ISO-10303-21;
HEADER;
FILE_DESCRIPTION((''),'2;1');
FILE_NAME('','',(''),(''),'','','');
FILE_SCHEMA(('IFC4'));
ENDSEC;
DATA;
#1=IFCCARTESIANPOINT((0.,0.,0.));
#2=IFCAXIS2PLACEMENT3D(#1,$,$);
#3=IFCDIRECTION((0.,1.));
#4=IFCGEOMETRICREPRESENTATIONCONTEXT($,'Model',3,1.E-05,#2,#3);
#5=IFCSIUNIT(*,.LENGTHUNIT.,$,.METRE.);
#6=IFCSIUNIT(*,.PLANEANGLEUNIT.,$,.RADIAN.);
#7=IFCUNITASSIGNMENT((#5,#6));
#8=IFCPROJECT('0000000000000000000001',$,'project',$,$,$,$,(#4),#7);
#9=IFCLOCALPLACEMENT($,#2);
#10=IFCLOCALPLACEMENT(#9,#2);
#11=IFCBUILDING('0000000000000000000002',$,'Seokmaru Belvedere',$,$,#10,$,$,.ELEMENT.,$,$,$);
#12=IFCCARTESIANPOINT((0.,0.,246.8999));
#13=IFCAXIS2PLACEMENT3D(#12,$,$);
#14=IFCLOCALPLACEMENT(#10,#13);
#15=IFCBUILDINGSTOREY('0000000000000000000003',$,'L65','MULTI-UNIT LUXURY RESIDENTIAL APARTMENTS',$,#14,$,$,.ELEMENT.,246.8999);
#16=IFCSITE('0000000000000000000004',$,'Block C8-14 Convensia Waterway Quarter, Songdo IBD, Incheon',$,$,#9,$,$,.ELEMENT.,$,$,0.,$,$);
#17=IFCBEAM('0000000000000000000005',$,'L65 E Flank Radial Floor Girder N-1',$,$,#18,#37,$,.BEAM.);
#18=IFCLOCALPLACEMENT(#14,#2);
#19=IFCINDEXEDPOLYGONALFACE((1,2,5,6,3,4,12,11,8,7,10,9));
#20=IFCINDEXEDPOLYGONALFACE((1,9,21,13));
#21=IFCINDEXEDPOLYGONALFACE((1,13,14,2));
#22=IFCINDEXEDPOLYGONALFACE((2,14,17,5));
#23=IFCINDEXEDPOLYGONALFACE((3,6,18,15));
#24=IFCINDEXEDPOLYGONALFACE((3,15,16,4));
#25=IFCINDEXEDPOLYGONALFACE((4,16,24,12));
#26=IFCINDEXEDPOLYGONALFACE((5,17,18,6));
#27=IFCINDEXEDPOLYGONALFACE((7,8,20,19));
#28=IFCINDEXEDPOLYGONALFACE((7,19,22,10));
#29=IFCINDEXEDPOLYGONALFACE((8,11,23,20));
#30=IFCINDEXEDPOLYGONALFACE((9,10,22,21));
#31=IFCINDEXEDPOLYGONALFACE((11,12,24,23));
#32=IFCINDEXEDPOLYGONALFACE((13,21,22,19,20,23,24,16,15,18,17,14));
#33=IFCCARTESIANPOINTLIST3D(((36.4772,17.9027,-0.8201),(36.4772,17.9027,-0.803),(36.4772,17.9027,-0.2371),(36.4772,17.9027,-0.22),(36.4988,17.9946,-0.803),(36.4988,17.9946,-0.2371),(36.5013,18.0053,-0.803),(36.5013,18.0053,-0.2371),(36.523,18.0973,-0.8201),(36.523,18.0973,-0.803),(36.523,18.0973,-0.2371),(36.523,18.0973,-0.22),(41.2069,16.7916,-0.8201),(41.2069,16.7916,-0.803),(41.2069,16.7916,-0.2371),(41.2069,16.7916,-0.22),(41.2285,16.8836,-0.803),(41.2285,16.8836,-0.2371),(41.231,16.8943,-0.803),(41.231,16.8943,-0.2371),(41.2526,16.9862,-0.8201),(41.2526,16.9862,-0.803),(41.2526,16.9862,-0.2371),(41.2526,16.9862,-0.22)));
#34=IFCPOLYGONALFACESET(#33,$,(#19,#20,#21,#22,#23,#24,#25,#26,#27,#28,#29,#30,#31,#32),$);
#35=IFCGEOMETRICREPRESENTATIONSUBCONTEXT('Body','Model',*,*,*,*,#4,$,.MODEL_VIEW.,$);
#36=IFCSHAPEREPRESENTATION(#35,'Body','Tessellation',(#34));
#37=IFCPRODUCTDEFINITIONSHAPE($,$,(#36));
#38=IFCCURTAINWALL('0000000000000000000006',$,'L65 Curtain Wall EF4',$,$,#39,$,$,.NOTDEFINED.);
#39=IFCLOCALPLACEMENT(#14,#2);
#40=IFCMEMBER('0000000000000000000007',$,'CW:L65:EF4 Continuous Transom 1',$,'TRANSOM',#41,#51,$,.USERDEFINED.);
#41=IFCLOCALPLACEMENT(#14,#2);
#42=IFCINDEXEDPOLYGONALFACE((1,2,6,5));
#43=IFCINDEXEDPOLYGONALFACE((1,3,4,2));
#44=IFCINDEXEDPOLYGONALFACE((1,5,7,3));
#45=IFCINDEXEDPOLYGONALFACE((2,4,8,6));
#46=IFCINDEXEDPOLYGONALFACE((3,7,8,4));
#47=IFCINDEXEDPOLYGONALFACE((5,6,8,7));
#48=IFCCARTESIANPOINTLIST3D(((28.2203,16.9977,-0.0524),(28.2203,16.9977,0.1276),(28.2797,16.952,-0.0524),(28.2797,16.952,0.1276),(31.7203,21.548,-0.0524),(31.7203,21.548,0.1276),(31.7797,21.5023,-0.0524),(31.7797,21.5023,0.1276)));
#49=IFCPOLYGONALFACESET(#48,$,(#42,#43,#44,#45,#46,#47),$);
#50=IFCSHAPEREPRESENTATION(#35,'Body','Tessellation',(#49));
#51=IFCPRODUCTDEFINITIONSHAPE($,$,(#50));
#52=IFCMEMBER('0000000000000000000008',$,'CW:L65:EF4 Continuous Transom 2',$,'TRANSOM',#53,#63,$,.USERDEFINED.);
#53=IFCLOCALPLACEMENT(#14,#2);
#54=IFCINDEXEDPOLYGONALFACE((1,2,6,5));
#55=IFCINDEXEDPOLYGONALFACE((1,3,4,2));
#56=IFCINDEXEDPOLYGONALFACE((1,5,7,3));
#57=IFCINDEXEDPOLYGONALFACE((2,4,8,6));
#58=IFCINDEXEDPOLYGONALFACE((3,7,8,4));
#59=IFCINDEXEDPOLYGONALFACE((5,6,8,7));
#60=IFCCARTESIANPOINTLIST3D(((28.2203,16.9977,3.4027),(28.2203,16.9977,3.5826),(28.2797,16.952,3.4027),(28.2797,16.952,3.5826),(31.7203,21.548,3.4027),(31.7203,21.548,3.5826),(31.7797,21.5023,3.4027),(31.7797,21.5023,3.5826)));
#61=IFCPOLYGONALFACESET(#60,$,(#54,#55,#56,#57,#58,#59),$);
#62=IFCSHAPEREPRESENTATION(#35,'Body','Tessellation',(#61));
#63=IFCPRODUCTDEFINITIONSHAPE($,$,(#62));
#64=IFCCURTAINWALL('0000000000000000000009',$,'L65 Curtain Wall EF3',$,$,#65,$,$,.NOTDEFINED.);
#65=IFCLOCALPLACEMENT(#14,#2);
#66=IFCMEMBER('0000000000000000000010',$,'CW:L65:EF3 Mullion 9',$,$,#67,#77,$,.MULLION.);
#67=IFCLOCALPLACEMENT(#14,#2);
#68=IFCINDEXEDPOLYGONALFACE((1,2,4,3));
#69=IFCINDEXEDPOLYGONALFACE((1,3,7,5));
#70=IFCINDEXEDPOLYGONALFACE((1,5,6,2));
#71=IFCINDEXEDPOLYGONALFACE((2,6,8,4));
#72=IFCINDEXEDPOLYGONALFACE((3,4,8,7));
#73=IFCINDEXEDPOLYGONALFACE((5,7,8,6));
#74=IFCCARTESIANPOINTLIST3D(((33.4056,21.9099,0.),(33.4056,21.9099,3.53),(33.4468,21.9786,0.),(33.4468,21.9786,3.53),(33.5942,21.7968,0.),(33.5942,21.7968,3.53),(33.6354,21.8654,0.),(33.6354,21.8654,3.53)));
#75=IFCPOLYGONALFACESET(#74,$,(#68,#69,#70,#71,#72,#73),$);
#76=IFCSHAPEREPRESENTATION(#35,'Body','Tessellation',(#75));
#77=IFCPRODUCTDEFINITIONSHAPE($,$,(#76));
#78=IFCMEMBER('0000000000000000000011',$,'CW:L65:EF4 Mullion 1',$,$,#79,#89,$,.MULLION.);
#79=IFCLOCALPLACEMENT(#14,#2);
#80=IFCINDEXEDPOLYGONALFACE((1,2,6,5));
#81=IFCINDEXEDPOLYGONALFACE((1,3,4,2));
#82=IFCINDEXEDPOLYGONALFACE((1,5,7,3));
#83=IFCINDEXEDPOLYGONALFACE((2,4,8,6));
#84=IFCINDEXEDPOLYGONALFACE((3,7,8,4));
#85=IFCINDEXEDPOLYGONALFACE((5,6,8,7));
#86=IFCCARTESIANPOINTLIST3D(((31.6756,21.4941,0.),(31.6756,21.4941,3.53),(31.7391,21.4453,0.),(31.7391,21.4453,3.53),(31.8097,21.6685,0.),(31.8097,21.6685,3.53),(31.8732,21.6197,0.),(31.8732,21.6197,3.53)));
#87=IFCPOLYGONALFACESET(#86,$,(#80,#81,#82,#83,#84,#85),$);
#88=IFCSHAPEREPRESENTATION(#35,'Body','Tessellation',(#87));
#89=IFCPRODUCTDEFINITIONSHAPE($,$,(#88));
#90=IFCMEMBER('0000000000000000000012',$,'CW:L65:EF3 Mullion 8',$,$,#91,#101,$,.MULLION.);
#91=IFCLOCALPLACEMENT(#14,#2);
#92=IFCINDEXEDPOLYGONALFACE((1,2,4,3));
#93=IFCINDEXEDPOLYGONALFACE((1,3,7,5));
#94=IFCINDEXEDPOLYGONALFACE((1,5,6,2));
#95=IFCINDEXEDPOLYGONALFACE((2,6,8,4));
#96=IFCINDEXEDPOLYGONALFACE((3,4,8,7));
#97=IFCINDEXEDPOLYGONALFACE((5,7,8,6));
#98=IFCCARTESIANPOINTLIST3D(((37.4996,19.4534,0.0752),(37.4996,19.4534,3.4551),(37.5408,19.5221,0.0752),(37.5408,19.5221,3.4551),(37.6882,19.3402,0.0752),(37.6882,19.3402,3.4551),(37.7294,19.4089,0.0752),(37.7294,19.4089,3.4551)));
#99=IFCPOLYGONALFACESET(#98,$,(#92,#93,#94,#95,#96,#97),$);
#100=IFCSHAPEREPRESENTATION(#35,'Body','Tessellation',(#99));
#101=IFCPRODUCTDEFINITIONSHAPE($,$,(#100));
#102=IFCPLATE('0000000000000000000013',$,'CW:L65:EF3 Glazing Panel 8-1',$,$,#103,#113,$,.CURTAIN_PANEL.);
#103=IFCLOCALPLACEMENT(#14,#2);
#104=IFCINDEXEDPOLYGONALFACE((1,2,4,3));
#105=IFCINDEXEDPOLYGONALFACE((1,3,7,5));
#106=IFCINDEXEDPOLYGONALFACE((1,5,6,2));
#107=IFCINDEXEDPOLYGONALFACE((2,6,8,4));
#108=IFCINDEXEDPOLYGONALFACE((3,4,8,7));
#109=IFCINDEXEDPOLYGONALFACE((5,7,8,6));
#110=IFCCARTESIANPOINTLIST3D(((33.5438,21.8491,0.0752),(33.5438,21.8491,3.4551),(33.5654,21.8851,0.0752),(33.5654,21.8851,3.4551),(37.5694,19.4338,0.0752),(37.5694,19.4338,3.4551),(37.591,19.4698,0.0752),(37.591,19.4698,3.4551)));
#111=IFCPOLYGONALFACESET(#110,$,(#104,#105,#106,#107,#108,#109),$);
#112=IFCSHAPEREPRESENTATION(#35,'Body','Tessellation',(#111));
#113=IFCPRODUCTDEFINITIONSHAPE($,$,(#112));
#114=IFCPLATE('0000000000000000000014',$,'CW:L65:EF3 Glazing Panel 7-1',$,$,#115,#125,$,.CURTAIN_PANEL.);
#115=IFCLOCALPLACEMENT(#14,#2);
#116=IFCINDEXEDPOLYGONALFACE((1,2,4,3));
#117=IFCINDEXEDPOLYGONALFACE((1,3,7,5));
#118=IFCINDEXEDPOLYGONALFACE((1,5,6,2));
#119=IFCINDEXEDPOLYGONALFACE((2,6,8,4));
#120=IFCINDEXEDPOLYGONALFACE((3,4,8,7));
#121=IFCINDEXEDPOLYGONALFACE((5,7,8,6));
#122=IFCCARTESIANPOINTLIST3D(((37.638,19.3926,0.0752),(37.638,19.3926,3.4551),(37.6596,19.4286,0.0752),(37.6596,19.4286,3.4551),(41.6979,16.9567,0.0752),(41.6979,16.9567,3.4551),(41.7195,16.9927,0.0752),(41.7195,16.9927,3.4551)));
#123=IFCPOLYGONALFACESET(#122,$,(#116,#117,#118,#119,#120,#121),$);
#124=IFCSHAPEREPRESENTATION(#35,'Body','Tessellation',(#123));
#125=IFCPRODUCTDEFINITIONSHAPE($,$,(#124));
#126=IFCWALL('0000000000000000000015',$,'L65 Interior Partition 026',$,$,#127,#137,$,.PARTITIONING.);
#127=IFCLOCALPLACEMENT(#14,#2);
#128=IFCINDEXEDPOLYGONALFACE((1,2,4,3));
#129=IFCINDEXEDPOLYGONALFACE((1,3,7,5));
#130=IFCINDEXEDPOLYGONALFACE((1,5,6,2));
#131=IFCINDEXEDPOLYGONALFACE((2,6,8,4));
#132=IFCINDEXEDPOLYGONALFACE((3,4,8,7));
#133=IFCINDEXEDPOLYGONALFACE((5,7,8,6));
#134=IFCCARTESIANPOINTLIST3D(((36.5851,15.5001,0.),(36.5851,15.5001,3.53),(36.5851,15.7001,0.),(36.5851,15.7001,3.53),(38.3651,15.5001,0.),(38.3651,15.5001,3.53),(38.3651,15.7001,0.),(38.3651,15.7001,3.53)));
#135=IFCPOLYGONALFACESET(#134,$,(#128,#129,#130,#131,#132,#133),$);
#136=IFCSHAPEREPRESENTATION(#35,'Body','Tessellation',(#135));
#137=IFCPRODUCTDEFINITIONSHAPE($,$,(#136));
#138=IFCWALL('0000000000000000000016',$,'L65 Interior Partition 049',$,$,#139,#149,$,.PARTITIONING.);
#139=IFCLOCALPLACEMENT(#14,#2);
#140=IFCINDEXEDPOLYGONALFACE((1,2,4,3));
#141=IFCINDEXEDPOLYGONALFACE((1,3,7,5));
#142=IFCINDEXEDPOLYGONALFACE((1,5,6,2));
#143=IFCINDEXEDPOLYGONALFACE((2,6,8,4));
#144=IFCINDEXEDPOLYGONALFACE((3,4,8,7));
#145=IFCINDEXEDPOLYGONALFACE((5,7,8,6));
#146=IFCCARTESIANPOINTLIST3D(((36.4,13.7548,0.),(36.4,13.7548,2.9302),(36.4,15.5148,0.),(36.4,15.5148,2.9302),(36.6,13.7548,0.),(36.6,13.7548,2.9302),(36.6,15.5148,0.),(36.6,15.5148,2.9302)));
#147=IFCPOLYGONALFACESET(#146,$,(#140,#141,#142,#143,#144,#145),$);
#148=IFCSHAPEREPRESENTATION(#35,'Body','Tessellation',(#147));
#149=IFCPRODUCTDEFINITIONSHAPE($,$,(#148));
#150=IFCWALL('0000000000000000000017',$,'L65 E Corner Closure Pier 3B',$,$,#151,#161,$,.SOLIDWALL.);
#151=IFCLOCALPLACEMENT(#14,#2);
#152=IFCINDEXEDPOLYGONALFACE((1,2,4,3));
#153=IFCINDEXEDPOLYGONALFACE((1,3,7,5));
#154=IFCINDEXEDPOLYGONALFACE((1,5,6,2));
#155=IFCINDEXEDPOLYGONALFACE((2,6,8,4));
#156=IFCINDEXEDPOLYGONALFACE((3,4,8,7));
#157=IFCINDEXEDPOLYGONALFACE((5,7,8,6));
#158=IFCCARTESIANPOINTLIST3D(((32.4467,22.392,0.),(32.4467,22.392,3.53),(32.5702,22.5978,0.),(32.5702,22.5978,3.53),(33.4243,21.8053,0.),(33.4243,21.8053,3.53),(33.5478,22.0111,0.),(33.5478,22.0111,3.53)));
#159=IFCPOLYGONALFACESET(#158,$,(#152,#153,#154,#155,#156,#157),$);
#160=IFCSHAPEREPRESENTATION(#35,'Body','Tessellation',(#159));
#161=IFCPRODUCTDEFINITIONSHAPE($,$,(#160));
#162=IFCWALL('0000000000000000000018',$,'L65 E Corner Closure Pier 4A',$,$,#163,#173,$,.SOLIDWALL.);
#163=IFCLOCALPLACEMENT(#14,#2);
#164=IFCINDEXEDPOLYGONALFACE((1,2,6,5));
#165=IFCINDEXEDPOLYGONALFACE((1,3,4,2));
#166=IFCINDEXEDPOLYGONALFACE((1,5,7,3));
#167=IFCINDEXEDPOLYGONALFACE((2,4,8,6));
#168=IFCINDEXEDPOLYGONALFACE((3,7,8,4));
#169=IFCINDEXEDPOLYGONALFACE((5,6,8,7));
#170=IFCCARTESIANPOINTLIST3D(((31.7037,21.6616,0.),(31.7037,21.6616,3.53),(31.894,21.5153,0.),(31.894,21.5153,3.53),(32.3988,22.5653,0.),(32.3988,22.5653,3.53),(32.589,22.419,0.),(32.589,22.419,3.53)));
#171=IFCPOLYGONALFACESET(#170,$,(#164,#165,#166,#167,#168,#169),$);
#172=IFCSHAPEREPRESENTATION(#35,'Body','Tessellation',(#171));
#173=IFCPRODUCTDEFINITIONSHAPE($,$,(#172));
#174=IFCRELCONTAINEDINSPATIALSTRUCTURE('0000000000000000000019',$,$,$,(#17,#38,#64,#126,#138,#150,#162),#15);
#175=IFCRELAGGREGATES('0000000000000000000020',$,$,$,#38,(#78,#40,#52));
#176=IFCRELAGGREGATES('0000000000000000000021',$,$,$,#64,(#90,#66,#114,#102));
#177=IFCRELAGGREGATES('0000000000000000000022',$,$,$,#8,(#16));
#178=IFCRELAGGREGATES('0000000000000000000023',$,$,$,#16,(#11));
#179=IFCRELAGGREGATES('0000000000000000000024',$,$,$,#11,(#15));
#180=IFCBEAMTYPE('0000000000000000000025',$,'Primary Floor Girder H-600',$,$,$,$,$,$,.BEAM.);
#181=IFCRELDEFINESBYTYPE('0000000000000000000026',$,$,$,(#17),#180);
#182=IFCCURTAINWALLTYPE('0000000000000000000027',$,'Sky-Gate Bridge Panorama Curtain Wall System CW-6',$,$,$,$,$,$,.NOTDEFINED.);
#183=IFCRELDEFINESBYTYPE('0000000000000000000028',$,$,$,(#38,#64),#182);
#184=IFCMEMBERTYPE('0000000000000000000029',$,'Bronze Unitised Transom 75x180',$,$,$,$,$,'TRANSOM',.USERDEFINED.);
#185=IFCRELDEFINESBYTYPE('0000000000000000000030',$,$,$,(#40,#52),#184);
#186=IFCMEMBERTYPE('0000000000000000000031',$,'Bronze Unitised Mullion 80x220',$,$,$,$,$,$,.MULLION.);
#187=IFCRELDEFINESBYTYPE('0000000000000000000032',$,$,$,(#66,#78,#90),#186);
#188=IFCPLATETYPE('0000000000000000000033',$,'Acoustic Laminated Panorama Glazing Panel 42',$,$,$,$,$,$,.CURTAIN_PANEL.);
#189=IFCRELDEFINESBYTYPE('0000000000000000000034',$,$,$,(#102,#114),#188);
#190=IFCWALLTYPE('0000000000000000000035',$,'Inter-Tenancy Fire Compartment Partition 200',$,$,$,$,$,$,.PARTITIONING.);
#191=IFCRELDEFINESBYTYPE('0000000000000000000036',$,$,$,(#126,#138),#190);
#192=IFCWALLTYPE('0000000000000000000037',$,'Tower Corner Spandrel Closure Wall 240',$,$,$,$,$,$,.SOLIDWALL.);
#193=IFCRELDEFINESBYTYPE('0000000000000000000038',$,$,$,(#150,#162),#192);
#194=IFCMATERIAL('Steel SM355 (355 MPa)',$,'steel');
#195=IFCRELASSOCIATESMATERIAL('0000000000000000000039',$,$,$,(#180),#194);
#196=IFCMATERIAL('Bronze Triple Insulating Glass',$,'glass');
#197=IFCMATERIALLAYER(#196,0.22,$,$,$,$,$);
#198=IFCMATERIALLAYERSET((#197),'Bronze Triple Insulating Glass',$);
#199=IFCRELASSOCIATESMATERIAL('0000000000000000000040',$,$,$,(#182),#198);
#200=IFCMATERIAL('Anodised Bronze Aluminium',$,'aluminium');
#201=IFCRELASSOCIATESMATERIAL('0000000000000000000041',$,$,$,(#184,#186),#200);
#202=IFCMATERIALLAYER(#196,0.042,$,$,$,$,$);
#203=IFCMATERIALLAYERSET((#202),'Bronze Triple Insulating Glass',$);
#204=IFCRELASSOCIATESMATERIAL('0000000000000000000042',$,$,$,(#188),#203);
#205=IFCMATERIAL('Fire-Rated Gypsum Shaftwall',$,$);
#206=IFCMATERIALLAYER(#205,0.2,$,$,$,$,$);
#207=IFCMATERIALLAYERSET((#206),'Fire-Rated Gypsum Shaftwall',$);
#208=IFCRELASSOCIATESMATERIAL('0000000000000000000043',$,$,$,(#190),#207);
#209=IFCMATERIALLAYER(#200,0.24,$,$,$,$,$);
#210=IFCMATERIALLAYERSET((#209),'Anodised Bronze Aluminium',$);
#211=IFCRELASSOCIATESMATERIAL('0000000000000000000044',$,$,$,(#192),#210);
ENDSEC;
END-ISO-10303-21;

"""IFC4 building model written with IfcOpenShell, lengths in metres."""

from ifc_helpers import new_model, si_unit, direction, frame, frame_2d, origin, origin_2d, place, context, subcontext, project, spatial, rectangle, i_section, extrude, source, transform, mapped, material, layer, layer_set, material_profile, profile_set, type_object, type_shapes, element, aggregate, save


model = new_model("IFC4")

# Units and contexts
model_context = context("Model", 3, precision=1e-05, world=origin(), true_north=direction((0.0, 1.0)))
body_context = subcontext(model_context, "Body", "Model", "MODEL_VIEW")
ifc_project = project(units=[si_unit("LENGTHUNIT", "METRE"), si_unit("PLANEANGLEUNIT", "RADIAN")], contexts=[model_context])

# Site, building, storey
site_placement = place(None, origin())
site = spatial("IfcSite", under=ifc_project, at=site_placement, Name="Block C8-14 Convensia Waterway Quarter, Songdo IBD, Incheon", CompositionType="ELEMENT", RefElevation=0.0)
building_placement = place(site_placement, origin())
building = spatial("IfcBuilding", under=site, at=building_placement, Name="Seokmaru Belvedere", CompositionType="ELEMENT")
storey_placement = place(building_placement, frame((0.0, 0.0, 246.8999)))
storey = spatial("IfcBuildingStorey", under=building, at=storey_placement, Name="L65", Description="MULTI-UNIT LUXURY RESIDENTIAL APARTMENTS", CompositionType="ELEMENT", Elevation=246.8999)

# Shared definitions
ifc_material_1 = material(Name="Steel SM355 (355 MPa)", Category="steel")

# Beam
ifc_material_profile_1 = material_profile(ifc_material_1, i_section(OverallWidth=0.2, OverallDepth=0.6001, WebThickness=0.011, FlangeThickness=0.0171, at=origin_2d()), Name="H-600x200x11x17")
ifc_profile_set_1 = profile_set([ifc_material_profile_1], Name="Steel SM355 (355 MPa)")
beam_type_1 = type_object("IfcBeamType", Name="Primary Floor Girder H-600", PredefinedType="BEAM", material=ifc_profile_set_1)
shared_shape_1 = source(origin(), body_context, "Body", "SweptSolid", [
    extrude(i_section(OverallWidth=0.2, OverallDepth=0.6001, WebThickness=0.011, FlangeThickness=0.0171, at=origin_2d()), origin(), (0.0, 0.0, 1.0), 4.8584),
])
beam_1_placement = place(storey_placement, frame((41.2297, 16.8889, -0.52), z_axis=(-0.973499, 0.228689, 0.0), x_axis=(-0.228689, -0.973499, 0.0)))
element("IfcBeam", 1, at=beam_1_placement, inside=storey, type_object=beam_type_1, Name="L65 E Flank Radial Floor Girder N-1", PredefinedType="BEAM", context=body_context, shape_type="MappedRepresentation", body=[
    mapped(shared_shape_1, transform((0.0, 0.0, 0.0), scale=1.0)),
])

# Curtain wall, members
ifc_material_2 = material(Name="Bronze Triple Insulating Glass", Category="glass")
ifc_layer_1 = layer(ifc_material_2, 0.22)
ifc_layer_set_1 = layer_set([ifc_layer_1], Name="Bronze Triple Insulating Glass")
curtain_wall_type = type_object("IfcCurtainWallType", Name="Sky-Gate Bridge Panorama Curtain Wall System CW-6", PredefinedType="NOTDEFINED", material=ifc_layer_set_1)
curtain_wall_1_placement = place(storey_placement, origin())
curtain_wall_1 = element("IfcCurtainWall", 2, at=curtain_wall_1_placement, inside=storey, type_object=curtain_wall_type, Name="L65 Curtain Wall EF4", PredefinedType="NOTDEFINED")
ifc_material_3 = material(Name="Anodised Bronze Aluminium", Category="aluminium")
ifc_material_profile_2 = material_profile(ifc_material_3, rectangle(XDim=0.075, YDim=0.1799, at=origin_2d()), Name="CW-T-75x180")
ifc_profile_set_2 = profile_set([ifc_material_profile_2], Name="Anodised Bronze Aluminium")
member_type_1 = type_object("IfcMemberType", Name="Bronze Unitised Transom 75x180", ElementType="TRANSOM", PredefinedType="USERDEFINED", material=ifc_profile_set_2)
shared_shape_2 = source(origin(), body_context, "Body", "SweptSolid", [
    extrude(rectangle(XDim=0.075, YDim=0.1799, at=origin_2d()), origin(), (0.0, 0.0, 1.0), 5.7407),
])
type_shapes(member_type_1, [shared_shape_2])
member_1_placement = place(storey_placement, frame((31.75, 21.5251, 0.0376), z_axis=(-0.609686, -0.792643, 0.0), x_axis=(0.792643, -0.609686, 0.0)))
member_1 = element("IfcMember", 3, at=member_1_placement, type_object=member_type_1, Name="CW:L65:EF4 Continuous Transom 1", ObjectType="TRANSOM", PredefinedType="USERDEFINED", context=body_context, shape_type="MappedRepresentation", body=[
    mapped(shared_shape_2, transform((0.0, 0.0, 0.0), scale=1.0)),
])
member_2_placement = place(storey_placement, frame((31.75, 21.5251, 3.4927), z_axis=(-0.609686, -0.792643, 0.0), x_axis=(0.792643, -0.609686, 0.0)))
member_2 = element("IfcMember", 4, at=member_2_placement, type_object=member_type_1, Name="CW:L65:EF4 Continuous Transom 2", ObjectType="TRANSOM", PredefinedType="USERDEFINED", context=body_context, shape_type="MappedRepresentation", body=[
    mapped(shared_shape_2, transform((0.0, 0.0, 0.0), scale=1.0)),
])

# Curtain wall, member
curtain_wall_2_placement = place(storey_placement, origin())
curtain_wall_2 = element("IfcCurtainWall", 5, at=curtain_wall_2_placement, inside=storey, type_object=curtain_wall_type, Name="L65 Curtain Wall EF3", PredefinedType="NOTDEFINED")
ifc_material_profile_3 = material_profile(ifc_material_3, rectangle(XDim=0.0801, YDim=0.22, at=origin_2d()), Name="CW-M-80x220")
ifc_profile_set_3 = profile_set([ifc_material_profile_3], Name="Anodised Bronze Aluminium")
member_type_2 = type_object("IfcMemberType", Name="Bronze Unitised Mullion 80x220", PredefinedType="MULLION", material=ifc_profile_set_3)
shared_shape_3 = source(origin(), body_context, "Body", "SweptSolid", [
    extrude(rectangle(XDim=0.0801, YDim=0.22, at=origin_2d()), origin(), (0.0, 0.0, 1.0), 3.53),
])
member_3_placement = place(storey_placement, frame((33.5205, 21.8877, 0.0), z_axis=(0.0, 0.0, 1.0), x_axis=(-0.514495, -0.857493, 0.0)))
member_3 = element("IfcMember", 6, at=member_3_placement, type_object=member_type_2, Name="CW:L65:EF3 Mullion 9", PredefinedType="MULLION", context=body_context, shape_type="MappedRepresentation", body=[
    mapped(shared_shape_3, transform((0.0, 0.0, 0.0), scale=1.0)),
])

# Members
member_4_placement = place(storey_placement, frame((31.7744, 21.5569, 0.0), z_axis=(0.0, 0.0, 1.0), x_axis=(0.792631, -0.609701, 0.0)))
member_4 = element("IfcMember", 7, at=member_4_placement, type_object=member_type_2, Name="CW:L65:EF4 Mullion 1", PredefinedType="MULLION", context=body_context, shape_type="MappedRepresentation", body=[
    mapped(shared_shape_3, transform((0.0, 0.0, 0.0), scale=1.0)),
])
aggregate(curtain_wall_1, [member_4, member_1, member_2])
shared_shape_4 = source(origin(), body_context, "Body", "SweptSolid", [
    extrude(rectangle(XDim=0.0801, YDim=0.22, at=origin_2d()), origin(), (0.0, 0.0, 1.0), 3.3799),
])
type_shapes(member_type_2, [shared_shape_3, shared_shape_4])
member_5_placement = place(storey_placement, frame((37.6145, 19.4312, 0.0752), z_axis=(0.0, 0.0, 1.0), x_axis=(-0.514495, -0.857493, 0.0)))
member_5 = element("IfcMember", 8, at=member_5_placement, type_object=member_type_2, Name="CW:L65:EF3 Mullion 8", PredefinedType="MULLION", context=body_context, shape_type="MappedRepresentation", body=[
    mapped(shared_shape_4, transform((0.0, 0.0, 0.0), scale=1.0)),
])

# Plates
ifc_layer_2 = layer(ifc_material_2, 0.042)
ifc_layer_set_2 = layer_set([ifc_layer_2], Name="Bronze Triple Insulating Glass")
plate_type = type_object("IfcPlateType", Name="Acoustic Laminated Panorama Glazing Panel 42", PredefinedType="CURTAIN_PANEL", material=ifc_layer_set_2)
shared_shape_5 = source(origin(), body_context, "Body", "SweptSolid", [
    extrude(rectangle(XDim=4.6946, YDim=0.042, at=origin_2d()), origin(), (0.0, 0.0, 1.0), 3.3799),
])
plate_1_placement = place(storey_placement, frame((35.5674, 20.6594, 0.0752), z_axis=(0.0, 0.0, 1.0), x_axis=(-0.857493, 0.514495, 0.0)))
plate_1 = element("IfcPlate", 9, at=plate_1_placement, type_object=plate_type, Name="CW:L65:EF3 Glazing Panel 8-1", PredefinedType="CURTAIN_PANEL", context=body_context, shape_type="MappedRepresentation", body=[
    mapped(shared_shape_5, transform((0.0, 0.0, 0.0), scale=1.0)),
])
shared_shape_6 = source(origin(), body_context, "Body", "SweptSolid", [
    extrude(rectangle(XDim=4.7346, YDim=0.042, at=origin_2d()), origin(), (0.0, 0.0, 1.0), 3.3799),
])
type_shapes(plate_type, [shared_shape_5, shared_shape_6])
plate_2_placement = place(storey_placement, frame((39.6787, 18.1926, 0.0752), z_axis=(0.0, 0.0, 1.0), x_axis=(-0.857493, 0.514495, 0.0)))
plate_2 = element("IfcPlate", 10, at=plate_2_placement, type_object=plate_type, Name="CW:L65:EF3 Glazing Panel 7-1", PredefinedType="CURTAIN_PANEL", context=body_context, shape_type="MappedRepresentation", body=[
    mapped(shared_shape_6, transform((0.0, 0.0, 0.0), scale=1.0)),
])
aggregate(curtain_wall_2, [member_5, member_3, plate_2, plate_1])

# Walls
ifc_material_4 = material(Name="Fire-Rated Gypsum Shaftwall")
ifc_layer_3 = layer(ifc_material_4, 0.2)
ifc_layer_set_3 = layer_set([ifc_layer_3], Name="Fire-Rated Gypsum Shaftwall")
wall_type_1 = type_object("IfcWallType", Name="Inter-Tenancy Fire Compartment Partition 200", PredefinedType="PARTITIONING", material=ifc_layer_set_3)
wall_1_placement = place(storey_placement, frame((36.585, 15.6001, 0.0), z_axis=(0.0, 0.0, 1.0), x_axis=(1.0, 0.0, 0.0)))
element("IfcWall", 11, at=wall_1_placement, inside=storey, type_object=wall_type_1, Name="L65 Interior Partition 026", PredefinedType="PARTITIONING", context=body_context, shape_type="SweptSolid", body=[
    extrude(rectangle(XDim=1.78, YDim=0.2, at=frame_2d((0.8901, 0.0))), origin(), (0.0, 0.0, 1.0), 3.53),
])
wall_2_placement = place(storey_placement, frame((36.5, 13.7549, 0.0), z_axis=(0.0, 0.0, 1.0), x_axis=(0.0, 1.0, 0.0)))
element("IfcWall", 12, at=wall_2_placement, inside=storey, type_object=wall_type_1, Name="L65 Interior Partition 049", PredefinedType="PARTITIONING", context=body_context, shape_type="SweptSolid", body=[
    extrude(rectangle(XDim=1.76, YDim=0.2, at=frame_2d((0.8799, 0.0))), origin(), (0.0, 0.0, 1.0), 2.9302),
])
ifc_layer_4 = layer(ifc_material_3, 0.24)
ifc_layer_set_4 = layer_set([ifc_layer_4], Name="Anodised Bronze Aluminium")
wall_type_2 = type_object("IfcWallType", Name="Tower Corner Spandrel Closure Wall 240", PredefinedType="SOLIDWALL", material=ifc_layer_set_4)
for number, where, z_axis, x_axis, name in (
    (13, (33.4861, 21.9082, 0.0), (0.0, 0.0, 1.0), (-0.857436, 0.51459, 0.0), "L65 E Corner Closure Pier 3B"),
    (14, (32.4939, 22.4922, 0.0), (0.0, 0.0, 1.0), (-0.609618, -0.792696, 0.0), "L65 E Corner Closure Pier 4A"),
):
    element("IfcWall", number, at=place(storey_placement, frame(where, z_axis=z_axis, x_axis=x_axis)), inside=storey, type_object=wall_type_2, Name=name, PredefinedType="SOLIDWALL", context=body_context, shape_type="SweptSolid", body=[
        extrude(rectangle(XDim=1.1401, YDim=0.24, at=frame_2d((0.5701, 0.0))), origin(), (0.0, 0.0, 1.0), 3.53),
    ])

save(model, "model.ifc")
